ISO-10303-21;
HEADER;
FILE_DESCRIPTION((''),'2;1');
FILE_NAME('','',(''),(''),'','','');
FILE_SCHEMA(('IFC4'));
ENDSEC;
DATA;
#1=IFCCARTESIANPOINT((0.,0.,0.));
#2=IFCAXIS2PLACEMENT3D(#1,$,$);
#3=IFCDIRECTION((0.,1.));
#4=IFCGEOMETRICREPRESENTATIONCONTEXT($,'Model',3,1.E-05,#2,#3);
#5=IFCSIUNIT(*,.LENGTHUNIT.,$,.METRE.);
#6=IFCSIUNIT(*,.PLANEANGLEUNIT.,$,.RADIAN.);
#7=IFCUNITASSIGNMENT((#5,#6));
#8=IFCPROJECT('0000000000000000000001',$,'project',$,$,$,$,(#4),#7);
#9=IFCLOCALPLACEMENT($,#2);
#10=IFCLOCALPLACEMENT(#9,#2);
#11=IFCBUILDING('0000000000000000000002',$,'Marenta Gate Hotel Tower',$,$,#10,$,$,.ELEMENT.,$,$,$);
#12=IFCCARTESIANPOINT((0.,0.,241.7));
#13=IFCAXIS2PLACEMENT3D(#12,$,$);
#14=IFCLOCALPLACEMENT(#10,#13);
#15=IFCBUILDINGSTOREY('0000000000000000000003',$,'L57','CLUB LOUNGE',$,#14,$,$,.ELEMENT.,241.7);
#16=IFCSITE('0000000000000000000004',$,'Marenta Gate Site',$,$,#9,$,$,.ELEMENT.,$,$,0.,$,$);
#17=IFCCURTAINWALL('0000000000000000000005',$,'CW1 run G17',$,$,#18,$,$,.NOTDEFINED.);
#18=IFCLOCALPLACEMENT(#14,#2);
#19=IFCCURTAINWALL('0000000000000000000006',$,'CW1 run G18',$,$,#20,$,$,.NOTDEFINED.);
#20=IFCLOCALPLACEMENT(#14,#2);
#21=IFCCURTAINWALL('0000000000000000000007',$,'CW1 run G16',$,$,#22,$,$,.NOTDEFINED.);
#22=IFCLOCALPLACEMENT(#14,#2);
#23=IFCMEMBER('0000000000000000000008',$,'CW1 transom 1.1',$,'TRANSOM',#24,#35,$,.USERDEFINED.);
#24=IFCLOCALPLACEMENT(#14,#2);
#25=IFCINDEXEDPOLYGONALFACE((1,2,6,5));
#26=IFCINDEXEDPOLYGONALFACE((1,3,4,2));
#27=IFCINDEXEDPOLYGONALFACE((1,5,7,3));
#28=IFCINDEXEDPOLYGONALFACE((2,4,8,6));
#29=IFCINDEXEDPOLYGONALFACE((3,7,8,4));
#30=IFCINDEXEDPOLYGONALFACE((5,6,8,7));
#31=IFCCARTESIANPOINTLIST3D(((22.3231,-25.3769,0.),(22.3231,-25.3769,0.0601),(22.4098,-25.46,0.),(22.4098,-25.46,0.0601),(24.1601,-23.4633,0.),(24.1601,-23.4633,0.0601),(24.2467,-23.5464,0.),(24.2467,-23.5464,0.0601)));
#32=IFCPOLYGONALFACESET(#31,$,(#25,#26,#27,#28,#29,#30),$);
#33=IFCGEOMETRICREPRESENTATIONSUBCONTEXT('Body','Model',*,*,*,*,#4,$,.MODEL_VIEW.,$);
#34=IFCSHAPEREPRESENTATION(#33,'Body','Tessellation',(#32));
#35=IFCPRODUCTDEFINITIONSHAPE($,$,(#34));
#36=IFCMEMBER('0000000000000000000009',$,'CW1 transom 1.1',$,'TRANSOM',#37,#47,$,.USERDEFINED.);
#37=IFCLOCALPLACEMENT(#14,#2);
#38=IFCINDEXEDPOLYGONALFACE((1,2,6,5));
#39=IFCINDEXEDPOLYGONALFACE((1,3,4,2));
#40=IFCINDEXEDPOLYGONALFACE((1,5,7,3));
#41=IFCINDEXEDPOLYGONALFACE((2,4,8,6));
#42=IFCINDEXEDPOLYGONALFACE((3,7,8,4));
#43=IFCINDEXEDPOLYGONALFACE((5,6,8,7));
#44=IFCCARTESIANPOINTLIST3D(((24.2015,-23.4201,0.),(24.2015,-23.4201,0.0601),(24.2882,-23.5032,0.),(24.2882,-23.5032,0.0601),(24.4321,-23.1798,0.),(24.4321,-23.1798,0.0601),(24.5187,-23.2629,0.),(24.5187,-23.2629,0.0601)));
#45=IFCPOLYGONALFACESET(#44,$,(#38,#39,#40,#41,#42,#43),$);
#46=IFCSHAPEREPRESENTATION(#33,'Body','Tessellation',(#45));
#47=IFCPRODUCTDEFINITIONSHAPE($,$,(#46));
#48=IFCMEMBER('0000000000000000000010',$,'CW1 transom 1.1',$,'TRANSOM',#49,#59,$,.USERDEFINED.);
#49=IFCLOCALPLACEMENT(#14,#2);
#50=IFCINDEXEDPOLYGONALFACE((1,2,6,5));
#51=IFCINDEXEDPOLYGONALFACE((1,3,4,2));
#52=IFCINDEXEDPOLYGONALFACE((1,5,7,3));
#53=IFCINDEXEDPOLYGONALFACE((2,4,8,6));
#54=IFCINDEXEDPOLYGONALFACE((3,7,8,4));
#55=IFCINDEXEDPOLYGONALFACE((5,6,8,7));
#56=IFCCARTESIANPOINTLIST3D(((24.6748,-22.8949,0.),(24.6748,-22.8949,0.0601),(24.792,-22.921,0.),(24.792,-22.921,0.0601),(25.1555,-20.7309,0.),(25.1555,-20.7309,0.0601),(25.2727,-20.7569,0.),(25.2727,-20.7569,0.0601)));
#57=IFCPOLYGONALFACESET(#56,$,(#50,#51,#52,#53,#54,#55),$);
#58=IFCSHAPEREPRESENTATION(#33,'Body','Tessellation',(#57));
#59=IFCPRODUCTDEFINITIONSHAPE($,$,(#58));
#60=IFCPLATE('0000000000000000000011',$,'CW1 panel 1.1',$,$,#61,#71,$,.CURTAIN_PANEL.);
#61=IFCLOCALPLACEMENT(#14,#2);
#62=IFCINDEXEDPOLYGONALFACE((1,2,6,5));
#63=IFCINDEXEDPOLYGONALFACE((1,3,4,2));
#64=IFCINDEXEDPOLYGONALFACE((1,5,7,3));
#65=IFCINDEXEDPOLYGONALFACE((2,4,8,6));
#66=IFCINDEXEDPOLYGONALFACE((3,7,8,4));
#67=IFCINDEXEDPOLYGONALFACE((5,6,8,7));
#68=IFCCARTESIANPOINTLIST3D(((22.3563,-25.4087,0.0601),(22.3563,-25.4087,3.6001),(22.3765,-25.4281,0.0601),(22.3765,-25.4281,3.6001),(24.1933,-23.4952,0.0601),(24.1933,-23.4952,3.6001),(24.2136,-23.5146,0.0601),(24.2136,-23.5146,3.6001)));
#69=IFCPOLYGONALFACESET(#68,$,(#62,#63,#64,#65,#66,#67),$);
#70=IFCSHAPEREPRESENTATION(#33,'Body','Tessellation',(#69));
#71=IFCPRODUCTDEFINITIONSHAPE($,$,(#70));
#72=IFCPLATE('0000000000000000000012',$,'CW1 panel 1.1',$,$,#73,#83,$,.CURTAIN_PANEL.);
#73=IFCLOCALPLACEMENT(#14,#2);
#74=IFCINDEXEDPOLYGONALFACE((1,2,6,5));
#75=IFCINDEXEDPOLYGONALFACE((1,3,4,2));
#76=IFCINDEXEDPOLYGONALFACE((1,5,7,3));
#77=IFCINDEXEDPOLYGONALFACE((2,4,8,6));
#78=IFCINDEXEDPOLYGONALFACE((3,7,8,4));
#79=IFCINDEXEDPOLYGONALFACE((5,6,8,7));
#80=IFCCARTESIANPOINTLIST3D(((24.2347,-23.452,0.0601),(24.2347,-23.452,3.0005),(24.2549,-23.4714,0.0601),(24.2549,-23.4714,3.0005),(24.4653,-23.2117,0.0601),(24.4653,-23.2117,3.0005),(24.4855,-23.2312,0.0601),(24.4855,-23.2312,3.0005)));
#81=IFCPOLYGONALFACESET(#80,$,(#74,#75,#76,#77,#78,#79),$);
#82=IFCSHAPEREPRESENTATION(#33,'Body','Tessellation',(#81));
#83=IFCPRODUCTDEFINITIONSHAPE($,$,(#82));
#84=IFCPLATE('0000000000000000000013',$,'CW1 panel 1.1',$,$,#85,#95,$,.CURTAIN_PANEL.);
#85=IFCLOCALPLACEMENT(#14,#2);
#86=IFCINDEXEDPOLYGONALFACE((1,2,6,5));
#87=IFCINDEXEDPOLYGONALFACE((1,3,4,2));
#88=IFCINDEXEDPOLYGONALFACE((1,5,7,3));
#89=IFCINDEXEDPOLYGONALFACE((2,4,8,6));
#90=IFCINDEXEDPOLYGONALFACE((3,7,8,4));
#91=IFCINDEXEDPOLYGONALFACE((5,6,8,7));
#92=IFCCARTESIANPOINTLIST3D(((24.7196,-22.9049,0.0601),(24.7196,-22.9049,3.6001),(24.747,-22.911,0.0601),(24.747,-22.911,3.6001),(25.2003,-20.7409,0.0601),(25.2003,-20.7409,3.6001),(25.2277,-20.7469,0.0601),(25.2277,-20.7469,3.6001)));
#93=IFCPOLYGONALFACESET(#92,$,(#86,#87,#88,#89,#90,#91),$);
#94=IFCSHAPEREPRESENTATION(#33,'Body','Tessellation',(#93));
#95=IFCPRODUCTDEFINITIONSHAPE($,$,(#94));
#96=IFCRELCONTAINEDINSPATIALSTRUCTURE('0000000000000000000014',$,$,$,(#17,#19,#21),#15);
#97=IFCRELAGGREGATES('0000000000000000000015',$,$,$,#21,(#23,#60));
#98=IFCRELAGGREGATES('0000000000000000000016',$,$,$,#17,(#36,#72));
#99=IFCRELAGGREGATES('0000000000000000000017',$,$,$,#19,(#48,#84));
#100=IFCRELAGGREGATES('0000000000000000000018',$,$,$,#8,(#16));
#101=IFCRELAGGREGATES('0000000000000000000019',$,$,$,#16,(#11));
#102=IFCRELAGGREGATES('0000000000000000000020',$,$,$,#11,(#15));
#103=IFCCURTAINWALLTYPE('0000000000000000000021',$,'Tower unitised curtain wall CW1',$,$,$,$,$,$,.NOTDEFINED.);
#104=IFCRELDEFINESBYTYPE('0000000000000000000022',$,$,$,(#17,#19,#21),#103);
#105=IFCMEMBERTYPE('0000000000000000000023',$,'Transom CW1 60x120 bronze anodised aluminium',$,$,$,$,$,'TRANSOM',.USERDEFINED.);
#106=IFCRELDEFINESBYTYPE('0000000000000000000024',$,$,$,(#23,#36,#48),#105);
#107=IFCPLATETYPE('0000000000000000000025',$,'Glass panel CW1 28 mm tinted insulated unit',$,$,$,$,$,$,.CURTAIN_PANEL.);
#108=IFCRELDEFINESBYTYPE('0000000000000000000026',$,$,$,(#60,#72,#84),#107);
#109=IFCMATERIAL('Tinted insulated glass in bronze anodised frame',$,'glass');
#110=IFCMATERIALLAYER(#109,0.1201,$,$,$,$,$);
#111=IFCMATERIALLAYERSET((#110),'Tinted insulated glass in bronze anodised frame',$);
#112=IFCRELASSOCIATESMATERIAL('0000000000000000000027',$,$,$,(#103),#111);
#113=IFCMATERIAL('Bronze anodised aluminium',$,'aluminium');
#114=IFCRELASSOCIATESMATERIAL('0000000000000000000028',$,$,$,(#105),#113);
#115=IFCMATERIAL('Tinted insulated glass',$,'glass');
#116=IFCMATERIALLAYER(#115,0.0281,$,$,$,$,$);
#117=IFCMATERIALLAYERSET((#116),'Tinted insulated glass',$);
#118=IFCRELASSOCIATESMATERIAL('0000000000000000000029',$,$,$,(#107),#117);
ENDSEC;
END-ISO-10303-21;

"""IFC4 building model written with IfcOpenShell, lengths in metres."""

from ifc_helpers import new_model, si_unit, direction, frame, origin, origin_2d, place, context, subcontext, project, spatial, rectangle, extrude, material, layer, layer_set, material_profile, profile_set, type_object, element, aggregate, save


model = new_model("IFC4")

# Units and contexts
model_context = context("Model", 3, precision=1e-05, world=origin(), true_north=direction((0.0, 1.0)))
body_context = subcontext(model_context, "Body", "Model", "MODEL_VIEW")
ifc_project = project(units=[si_unit("LENGTHUNIT", "METRE"), si_unit("PLANEANGLEUNIT", "RADIAN")], contexts=[model_context])

# Site, building, storey
site_placement = place(None, origin())
site = spatial("IfcSite", under=ifc_project, at=site_placement, Name="Marenta Gate Site", CompositionType="ELEMENT", RefElevation=0.0)
building_placement = place(site_placement, origin())
building = spatial("IfcBuilding", under=site, at=building_placement, Name="Marenta Gate Hotel Tower", CompositionType="ELEMENT")
storey_placement = place(building_placement, frame((0.0, 0.0, 241.7)))
storey = spatial("IfcBuildingStorey", under=building, at=storey_placement, Name="L57", Description="CLUB LOUNGE", CompositionType="ELEMENT", Elevation=241.7)

# Curtain wall
ifc_material_1 = material(Name="Tinted insulated glass in bronze anodised frame", Category="glass")
ifc_layer_1 = layer(ifc_material_1, 0.1201)
ifc_layer_set_1 = layer_set([ifc_layer_1], Name="Tinted insulated glass in bronze anodised frame")
curtain_wall_type = type_object("IfcCurtainWallType", Name="Tower unitised curtain wall CW1", PredefinedType="NOTDEFINED", material=ifc_layer_set_1)
curtain_wall_1_placement = place(storey_placement, origin())
curtain_wall_1 = element("IfcCurtainWall", 1, at=curtain_wall_1_placement, inside=storey, type_object=curtain_wall_type, Name="CW1 run G17", PredefinedType="NOTDEFINED")

# Curtain walls, member
curtain_wall_2_placement = place(storey_placement, origin())
curtain_wall_2 = element("IfcCurtainWall", 2, at=curtain_wall_2_placement, inside=storey, type_object=curtain_wall_type, Name="CW1 run G18", PredefinedType="NOTDEFINED")
curtain_wall_3_placement = place(storey_placement, origin())
curtain_wall_3 = element("IfcCurtainWall", 3, at=curtain_wall_3_placement, inside=storey, type_object=curtain_wall_type, Name="CW1 run G16", PredefinedType="NOTDEFINED")
ifc_material_2 = material(Name="Bronze anodised aluminium", Category="aluminium")
ifc_material_profile_1 = material_profile(ifc_material_2, rectangle(XDim=0.1201, YDim=0.0601, at=origin_2d()), Name="Transom CW1 60x120 bronze anodised aluminium")
ifc_profile_set_1 = profile_set([ifc_material_profile_1], Name="Bronze anodised aluminium")
member_type_1 = type_object("IfcMemberType", Name="Transom CW1 60x120 bronze anodised aluminium", ElementType="TRANSOM", PredefinedType="USERDEFINED", material=ifc_profile_set_1)
member_1_placement = place(storey_placement, frame((22.3665, -25.4185, 0.03), z_axis=(0.692509, 0.721409, 0.0), x_axis=(-0.721409, 0.692509, 0.0)))
member_1 = element("IfcMember", 4, at=member_1_placement, type_object=member_type_1, Name="CW1 transom 1.1", ObjectType="TRANSOM", PredefinedType="USERDEFINED", context=body_context, shape_type="SweptSolid", body=[
    extrude(rectangle(XDim=0.1201, YDim=0.0601, at=origin_2d()), origin(), (0.0, 0.0, 1.0), 2.6526),
])

# Members
member_2_placement = place(storey_placement, frame((24.2449, -23.4617, 0.03), z_axis=(0.692288, 0.721622, 0.0), x_axis=(-0.721622, 0.692288, 0.0)))
member_2 = element("IfcMember", 5, at=member_2_placement, type_object=member_type_1, Name="CW1 transom 1.1", ObjectType="TRANSOM", PredefinedType="USERDEFINED", context=body_context, shape_type="SweptSolid", body=[
    extrude(rectangle(XDim=0.1201, YDim=0.0601, at=origin_2d()), origin(), (0.0, 0.0, 1.0), 0.333),
])
member_3_placement = place(storey_placement, frame((24.7334, -22.908, 0.03), z_axis=(0.216849, 0.976205, 0.0), x_axis=(-0.976205, 0.216849, 0.0)))
member_3 = element("IfcMember", 6, at=member_3_placement, type_object=member_type_1, Name="CW1 transom 1.1", ObjectType="TRANSOM", PredefinedType="USERDEFINED", context=body_context, shape_type="SweptSolid", body=[
    extrude(rectangle(XDim=0.1201, YDim=0.0601, at=origin_2d()), origin(), (0.0, 0.0, 1.0), 2.2168),
])

# Plates
ifc_material_3 = material(Name="Tinted insulated glass", Category="glass")
ifc_layer_2 = layer(ifc_material_3, 0.0281)
ifc_layer_set_2 = layer_set([ifc_layer_2], Name="Tinted insulated glass")
plate_type = type_object("IfcPlateType", Name="Glass panel CW1 28 mm tinted insulated unit", PredefinedType="CURTAIN_PANEL", material=ifc_layer_set_2)
plate_1_placement = place(storey_placement, frame((23.2849, -24.4617, 0.0601), z_axis=(0.0, 0.0, 1.0), x_axis=(0.692545, 0.721375, 0.0)))
plate_1 = element("IfcPlate", 7, at=plate_1_placement, type_object=plate_type, Name="CW1 panel 1.1", PredefinedType="CURTAIN_PANEL", context=body_context, shape_type="SweptSolid", body=[
    extrude(rectangle(XDim=2.6526, YDim=0.0281, at=origin_2d()), origin(), (0.0, 0.0, 1.0), 3.54),
])
aggregate(curtain_wall_3, [member_1, plate_1])
plate_2_placement = place(storey_placement, frame((24.3601, -23.3416, 0.0601), z_axis=(0.0, 0.0, 1.0), x_axis=(0.6925, 0.721418, 0.0)))
plate_2 = element("IfcPlate", 8, at=plate_2_placement, type_object=plate_type, Name="CW1 panel 1.1", PredefinedType="CURTAIN_PANEL", context=body_context, shape_type="SweptSolid", body=[
    extrude(rectangle(XDim=0.333, YDim=0.0281, at=origin_2d()), origin(), (0.0, 0.0, 1.0), 2.9404),
])
aggregate(curtain_wall_1, [member_2, plate_2])
plate_3_placement = place(storey_placement, frame((24.9736, -21.8259, 0.0601), z_axis=(0.0, 0.0, 1.0), x_axis=(0.216842, 0.976207, 0.0)))
plate_3 = element("IfcPlate", 9, at=plate_3_placement, type_object=plate_type, Name="CW1 panel 1.1", PredefinedType="CURTAIN_PANEL", context=body_context, shape_type="SweptSolid", body=[
    extrude(rectangle(XDim=2.2168, YDim=0.0281, at=origin_2d()), origin(), (0.0, 0.0, 1.0), 3.54),
])
aggregate(curtain_wall_2, [member_3, plate_3])

save(model, "model.ifc")
